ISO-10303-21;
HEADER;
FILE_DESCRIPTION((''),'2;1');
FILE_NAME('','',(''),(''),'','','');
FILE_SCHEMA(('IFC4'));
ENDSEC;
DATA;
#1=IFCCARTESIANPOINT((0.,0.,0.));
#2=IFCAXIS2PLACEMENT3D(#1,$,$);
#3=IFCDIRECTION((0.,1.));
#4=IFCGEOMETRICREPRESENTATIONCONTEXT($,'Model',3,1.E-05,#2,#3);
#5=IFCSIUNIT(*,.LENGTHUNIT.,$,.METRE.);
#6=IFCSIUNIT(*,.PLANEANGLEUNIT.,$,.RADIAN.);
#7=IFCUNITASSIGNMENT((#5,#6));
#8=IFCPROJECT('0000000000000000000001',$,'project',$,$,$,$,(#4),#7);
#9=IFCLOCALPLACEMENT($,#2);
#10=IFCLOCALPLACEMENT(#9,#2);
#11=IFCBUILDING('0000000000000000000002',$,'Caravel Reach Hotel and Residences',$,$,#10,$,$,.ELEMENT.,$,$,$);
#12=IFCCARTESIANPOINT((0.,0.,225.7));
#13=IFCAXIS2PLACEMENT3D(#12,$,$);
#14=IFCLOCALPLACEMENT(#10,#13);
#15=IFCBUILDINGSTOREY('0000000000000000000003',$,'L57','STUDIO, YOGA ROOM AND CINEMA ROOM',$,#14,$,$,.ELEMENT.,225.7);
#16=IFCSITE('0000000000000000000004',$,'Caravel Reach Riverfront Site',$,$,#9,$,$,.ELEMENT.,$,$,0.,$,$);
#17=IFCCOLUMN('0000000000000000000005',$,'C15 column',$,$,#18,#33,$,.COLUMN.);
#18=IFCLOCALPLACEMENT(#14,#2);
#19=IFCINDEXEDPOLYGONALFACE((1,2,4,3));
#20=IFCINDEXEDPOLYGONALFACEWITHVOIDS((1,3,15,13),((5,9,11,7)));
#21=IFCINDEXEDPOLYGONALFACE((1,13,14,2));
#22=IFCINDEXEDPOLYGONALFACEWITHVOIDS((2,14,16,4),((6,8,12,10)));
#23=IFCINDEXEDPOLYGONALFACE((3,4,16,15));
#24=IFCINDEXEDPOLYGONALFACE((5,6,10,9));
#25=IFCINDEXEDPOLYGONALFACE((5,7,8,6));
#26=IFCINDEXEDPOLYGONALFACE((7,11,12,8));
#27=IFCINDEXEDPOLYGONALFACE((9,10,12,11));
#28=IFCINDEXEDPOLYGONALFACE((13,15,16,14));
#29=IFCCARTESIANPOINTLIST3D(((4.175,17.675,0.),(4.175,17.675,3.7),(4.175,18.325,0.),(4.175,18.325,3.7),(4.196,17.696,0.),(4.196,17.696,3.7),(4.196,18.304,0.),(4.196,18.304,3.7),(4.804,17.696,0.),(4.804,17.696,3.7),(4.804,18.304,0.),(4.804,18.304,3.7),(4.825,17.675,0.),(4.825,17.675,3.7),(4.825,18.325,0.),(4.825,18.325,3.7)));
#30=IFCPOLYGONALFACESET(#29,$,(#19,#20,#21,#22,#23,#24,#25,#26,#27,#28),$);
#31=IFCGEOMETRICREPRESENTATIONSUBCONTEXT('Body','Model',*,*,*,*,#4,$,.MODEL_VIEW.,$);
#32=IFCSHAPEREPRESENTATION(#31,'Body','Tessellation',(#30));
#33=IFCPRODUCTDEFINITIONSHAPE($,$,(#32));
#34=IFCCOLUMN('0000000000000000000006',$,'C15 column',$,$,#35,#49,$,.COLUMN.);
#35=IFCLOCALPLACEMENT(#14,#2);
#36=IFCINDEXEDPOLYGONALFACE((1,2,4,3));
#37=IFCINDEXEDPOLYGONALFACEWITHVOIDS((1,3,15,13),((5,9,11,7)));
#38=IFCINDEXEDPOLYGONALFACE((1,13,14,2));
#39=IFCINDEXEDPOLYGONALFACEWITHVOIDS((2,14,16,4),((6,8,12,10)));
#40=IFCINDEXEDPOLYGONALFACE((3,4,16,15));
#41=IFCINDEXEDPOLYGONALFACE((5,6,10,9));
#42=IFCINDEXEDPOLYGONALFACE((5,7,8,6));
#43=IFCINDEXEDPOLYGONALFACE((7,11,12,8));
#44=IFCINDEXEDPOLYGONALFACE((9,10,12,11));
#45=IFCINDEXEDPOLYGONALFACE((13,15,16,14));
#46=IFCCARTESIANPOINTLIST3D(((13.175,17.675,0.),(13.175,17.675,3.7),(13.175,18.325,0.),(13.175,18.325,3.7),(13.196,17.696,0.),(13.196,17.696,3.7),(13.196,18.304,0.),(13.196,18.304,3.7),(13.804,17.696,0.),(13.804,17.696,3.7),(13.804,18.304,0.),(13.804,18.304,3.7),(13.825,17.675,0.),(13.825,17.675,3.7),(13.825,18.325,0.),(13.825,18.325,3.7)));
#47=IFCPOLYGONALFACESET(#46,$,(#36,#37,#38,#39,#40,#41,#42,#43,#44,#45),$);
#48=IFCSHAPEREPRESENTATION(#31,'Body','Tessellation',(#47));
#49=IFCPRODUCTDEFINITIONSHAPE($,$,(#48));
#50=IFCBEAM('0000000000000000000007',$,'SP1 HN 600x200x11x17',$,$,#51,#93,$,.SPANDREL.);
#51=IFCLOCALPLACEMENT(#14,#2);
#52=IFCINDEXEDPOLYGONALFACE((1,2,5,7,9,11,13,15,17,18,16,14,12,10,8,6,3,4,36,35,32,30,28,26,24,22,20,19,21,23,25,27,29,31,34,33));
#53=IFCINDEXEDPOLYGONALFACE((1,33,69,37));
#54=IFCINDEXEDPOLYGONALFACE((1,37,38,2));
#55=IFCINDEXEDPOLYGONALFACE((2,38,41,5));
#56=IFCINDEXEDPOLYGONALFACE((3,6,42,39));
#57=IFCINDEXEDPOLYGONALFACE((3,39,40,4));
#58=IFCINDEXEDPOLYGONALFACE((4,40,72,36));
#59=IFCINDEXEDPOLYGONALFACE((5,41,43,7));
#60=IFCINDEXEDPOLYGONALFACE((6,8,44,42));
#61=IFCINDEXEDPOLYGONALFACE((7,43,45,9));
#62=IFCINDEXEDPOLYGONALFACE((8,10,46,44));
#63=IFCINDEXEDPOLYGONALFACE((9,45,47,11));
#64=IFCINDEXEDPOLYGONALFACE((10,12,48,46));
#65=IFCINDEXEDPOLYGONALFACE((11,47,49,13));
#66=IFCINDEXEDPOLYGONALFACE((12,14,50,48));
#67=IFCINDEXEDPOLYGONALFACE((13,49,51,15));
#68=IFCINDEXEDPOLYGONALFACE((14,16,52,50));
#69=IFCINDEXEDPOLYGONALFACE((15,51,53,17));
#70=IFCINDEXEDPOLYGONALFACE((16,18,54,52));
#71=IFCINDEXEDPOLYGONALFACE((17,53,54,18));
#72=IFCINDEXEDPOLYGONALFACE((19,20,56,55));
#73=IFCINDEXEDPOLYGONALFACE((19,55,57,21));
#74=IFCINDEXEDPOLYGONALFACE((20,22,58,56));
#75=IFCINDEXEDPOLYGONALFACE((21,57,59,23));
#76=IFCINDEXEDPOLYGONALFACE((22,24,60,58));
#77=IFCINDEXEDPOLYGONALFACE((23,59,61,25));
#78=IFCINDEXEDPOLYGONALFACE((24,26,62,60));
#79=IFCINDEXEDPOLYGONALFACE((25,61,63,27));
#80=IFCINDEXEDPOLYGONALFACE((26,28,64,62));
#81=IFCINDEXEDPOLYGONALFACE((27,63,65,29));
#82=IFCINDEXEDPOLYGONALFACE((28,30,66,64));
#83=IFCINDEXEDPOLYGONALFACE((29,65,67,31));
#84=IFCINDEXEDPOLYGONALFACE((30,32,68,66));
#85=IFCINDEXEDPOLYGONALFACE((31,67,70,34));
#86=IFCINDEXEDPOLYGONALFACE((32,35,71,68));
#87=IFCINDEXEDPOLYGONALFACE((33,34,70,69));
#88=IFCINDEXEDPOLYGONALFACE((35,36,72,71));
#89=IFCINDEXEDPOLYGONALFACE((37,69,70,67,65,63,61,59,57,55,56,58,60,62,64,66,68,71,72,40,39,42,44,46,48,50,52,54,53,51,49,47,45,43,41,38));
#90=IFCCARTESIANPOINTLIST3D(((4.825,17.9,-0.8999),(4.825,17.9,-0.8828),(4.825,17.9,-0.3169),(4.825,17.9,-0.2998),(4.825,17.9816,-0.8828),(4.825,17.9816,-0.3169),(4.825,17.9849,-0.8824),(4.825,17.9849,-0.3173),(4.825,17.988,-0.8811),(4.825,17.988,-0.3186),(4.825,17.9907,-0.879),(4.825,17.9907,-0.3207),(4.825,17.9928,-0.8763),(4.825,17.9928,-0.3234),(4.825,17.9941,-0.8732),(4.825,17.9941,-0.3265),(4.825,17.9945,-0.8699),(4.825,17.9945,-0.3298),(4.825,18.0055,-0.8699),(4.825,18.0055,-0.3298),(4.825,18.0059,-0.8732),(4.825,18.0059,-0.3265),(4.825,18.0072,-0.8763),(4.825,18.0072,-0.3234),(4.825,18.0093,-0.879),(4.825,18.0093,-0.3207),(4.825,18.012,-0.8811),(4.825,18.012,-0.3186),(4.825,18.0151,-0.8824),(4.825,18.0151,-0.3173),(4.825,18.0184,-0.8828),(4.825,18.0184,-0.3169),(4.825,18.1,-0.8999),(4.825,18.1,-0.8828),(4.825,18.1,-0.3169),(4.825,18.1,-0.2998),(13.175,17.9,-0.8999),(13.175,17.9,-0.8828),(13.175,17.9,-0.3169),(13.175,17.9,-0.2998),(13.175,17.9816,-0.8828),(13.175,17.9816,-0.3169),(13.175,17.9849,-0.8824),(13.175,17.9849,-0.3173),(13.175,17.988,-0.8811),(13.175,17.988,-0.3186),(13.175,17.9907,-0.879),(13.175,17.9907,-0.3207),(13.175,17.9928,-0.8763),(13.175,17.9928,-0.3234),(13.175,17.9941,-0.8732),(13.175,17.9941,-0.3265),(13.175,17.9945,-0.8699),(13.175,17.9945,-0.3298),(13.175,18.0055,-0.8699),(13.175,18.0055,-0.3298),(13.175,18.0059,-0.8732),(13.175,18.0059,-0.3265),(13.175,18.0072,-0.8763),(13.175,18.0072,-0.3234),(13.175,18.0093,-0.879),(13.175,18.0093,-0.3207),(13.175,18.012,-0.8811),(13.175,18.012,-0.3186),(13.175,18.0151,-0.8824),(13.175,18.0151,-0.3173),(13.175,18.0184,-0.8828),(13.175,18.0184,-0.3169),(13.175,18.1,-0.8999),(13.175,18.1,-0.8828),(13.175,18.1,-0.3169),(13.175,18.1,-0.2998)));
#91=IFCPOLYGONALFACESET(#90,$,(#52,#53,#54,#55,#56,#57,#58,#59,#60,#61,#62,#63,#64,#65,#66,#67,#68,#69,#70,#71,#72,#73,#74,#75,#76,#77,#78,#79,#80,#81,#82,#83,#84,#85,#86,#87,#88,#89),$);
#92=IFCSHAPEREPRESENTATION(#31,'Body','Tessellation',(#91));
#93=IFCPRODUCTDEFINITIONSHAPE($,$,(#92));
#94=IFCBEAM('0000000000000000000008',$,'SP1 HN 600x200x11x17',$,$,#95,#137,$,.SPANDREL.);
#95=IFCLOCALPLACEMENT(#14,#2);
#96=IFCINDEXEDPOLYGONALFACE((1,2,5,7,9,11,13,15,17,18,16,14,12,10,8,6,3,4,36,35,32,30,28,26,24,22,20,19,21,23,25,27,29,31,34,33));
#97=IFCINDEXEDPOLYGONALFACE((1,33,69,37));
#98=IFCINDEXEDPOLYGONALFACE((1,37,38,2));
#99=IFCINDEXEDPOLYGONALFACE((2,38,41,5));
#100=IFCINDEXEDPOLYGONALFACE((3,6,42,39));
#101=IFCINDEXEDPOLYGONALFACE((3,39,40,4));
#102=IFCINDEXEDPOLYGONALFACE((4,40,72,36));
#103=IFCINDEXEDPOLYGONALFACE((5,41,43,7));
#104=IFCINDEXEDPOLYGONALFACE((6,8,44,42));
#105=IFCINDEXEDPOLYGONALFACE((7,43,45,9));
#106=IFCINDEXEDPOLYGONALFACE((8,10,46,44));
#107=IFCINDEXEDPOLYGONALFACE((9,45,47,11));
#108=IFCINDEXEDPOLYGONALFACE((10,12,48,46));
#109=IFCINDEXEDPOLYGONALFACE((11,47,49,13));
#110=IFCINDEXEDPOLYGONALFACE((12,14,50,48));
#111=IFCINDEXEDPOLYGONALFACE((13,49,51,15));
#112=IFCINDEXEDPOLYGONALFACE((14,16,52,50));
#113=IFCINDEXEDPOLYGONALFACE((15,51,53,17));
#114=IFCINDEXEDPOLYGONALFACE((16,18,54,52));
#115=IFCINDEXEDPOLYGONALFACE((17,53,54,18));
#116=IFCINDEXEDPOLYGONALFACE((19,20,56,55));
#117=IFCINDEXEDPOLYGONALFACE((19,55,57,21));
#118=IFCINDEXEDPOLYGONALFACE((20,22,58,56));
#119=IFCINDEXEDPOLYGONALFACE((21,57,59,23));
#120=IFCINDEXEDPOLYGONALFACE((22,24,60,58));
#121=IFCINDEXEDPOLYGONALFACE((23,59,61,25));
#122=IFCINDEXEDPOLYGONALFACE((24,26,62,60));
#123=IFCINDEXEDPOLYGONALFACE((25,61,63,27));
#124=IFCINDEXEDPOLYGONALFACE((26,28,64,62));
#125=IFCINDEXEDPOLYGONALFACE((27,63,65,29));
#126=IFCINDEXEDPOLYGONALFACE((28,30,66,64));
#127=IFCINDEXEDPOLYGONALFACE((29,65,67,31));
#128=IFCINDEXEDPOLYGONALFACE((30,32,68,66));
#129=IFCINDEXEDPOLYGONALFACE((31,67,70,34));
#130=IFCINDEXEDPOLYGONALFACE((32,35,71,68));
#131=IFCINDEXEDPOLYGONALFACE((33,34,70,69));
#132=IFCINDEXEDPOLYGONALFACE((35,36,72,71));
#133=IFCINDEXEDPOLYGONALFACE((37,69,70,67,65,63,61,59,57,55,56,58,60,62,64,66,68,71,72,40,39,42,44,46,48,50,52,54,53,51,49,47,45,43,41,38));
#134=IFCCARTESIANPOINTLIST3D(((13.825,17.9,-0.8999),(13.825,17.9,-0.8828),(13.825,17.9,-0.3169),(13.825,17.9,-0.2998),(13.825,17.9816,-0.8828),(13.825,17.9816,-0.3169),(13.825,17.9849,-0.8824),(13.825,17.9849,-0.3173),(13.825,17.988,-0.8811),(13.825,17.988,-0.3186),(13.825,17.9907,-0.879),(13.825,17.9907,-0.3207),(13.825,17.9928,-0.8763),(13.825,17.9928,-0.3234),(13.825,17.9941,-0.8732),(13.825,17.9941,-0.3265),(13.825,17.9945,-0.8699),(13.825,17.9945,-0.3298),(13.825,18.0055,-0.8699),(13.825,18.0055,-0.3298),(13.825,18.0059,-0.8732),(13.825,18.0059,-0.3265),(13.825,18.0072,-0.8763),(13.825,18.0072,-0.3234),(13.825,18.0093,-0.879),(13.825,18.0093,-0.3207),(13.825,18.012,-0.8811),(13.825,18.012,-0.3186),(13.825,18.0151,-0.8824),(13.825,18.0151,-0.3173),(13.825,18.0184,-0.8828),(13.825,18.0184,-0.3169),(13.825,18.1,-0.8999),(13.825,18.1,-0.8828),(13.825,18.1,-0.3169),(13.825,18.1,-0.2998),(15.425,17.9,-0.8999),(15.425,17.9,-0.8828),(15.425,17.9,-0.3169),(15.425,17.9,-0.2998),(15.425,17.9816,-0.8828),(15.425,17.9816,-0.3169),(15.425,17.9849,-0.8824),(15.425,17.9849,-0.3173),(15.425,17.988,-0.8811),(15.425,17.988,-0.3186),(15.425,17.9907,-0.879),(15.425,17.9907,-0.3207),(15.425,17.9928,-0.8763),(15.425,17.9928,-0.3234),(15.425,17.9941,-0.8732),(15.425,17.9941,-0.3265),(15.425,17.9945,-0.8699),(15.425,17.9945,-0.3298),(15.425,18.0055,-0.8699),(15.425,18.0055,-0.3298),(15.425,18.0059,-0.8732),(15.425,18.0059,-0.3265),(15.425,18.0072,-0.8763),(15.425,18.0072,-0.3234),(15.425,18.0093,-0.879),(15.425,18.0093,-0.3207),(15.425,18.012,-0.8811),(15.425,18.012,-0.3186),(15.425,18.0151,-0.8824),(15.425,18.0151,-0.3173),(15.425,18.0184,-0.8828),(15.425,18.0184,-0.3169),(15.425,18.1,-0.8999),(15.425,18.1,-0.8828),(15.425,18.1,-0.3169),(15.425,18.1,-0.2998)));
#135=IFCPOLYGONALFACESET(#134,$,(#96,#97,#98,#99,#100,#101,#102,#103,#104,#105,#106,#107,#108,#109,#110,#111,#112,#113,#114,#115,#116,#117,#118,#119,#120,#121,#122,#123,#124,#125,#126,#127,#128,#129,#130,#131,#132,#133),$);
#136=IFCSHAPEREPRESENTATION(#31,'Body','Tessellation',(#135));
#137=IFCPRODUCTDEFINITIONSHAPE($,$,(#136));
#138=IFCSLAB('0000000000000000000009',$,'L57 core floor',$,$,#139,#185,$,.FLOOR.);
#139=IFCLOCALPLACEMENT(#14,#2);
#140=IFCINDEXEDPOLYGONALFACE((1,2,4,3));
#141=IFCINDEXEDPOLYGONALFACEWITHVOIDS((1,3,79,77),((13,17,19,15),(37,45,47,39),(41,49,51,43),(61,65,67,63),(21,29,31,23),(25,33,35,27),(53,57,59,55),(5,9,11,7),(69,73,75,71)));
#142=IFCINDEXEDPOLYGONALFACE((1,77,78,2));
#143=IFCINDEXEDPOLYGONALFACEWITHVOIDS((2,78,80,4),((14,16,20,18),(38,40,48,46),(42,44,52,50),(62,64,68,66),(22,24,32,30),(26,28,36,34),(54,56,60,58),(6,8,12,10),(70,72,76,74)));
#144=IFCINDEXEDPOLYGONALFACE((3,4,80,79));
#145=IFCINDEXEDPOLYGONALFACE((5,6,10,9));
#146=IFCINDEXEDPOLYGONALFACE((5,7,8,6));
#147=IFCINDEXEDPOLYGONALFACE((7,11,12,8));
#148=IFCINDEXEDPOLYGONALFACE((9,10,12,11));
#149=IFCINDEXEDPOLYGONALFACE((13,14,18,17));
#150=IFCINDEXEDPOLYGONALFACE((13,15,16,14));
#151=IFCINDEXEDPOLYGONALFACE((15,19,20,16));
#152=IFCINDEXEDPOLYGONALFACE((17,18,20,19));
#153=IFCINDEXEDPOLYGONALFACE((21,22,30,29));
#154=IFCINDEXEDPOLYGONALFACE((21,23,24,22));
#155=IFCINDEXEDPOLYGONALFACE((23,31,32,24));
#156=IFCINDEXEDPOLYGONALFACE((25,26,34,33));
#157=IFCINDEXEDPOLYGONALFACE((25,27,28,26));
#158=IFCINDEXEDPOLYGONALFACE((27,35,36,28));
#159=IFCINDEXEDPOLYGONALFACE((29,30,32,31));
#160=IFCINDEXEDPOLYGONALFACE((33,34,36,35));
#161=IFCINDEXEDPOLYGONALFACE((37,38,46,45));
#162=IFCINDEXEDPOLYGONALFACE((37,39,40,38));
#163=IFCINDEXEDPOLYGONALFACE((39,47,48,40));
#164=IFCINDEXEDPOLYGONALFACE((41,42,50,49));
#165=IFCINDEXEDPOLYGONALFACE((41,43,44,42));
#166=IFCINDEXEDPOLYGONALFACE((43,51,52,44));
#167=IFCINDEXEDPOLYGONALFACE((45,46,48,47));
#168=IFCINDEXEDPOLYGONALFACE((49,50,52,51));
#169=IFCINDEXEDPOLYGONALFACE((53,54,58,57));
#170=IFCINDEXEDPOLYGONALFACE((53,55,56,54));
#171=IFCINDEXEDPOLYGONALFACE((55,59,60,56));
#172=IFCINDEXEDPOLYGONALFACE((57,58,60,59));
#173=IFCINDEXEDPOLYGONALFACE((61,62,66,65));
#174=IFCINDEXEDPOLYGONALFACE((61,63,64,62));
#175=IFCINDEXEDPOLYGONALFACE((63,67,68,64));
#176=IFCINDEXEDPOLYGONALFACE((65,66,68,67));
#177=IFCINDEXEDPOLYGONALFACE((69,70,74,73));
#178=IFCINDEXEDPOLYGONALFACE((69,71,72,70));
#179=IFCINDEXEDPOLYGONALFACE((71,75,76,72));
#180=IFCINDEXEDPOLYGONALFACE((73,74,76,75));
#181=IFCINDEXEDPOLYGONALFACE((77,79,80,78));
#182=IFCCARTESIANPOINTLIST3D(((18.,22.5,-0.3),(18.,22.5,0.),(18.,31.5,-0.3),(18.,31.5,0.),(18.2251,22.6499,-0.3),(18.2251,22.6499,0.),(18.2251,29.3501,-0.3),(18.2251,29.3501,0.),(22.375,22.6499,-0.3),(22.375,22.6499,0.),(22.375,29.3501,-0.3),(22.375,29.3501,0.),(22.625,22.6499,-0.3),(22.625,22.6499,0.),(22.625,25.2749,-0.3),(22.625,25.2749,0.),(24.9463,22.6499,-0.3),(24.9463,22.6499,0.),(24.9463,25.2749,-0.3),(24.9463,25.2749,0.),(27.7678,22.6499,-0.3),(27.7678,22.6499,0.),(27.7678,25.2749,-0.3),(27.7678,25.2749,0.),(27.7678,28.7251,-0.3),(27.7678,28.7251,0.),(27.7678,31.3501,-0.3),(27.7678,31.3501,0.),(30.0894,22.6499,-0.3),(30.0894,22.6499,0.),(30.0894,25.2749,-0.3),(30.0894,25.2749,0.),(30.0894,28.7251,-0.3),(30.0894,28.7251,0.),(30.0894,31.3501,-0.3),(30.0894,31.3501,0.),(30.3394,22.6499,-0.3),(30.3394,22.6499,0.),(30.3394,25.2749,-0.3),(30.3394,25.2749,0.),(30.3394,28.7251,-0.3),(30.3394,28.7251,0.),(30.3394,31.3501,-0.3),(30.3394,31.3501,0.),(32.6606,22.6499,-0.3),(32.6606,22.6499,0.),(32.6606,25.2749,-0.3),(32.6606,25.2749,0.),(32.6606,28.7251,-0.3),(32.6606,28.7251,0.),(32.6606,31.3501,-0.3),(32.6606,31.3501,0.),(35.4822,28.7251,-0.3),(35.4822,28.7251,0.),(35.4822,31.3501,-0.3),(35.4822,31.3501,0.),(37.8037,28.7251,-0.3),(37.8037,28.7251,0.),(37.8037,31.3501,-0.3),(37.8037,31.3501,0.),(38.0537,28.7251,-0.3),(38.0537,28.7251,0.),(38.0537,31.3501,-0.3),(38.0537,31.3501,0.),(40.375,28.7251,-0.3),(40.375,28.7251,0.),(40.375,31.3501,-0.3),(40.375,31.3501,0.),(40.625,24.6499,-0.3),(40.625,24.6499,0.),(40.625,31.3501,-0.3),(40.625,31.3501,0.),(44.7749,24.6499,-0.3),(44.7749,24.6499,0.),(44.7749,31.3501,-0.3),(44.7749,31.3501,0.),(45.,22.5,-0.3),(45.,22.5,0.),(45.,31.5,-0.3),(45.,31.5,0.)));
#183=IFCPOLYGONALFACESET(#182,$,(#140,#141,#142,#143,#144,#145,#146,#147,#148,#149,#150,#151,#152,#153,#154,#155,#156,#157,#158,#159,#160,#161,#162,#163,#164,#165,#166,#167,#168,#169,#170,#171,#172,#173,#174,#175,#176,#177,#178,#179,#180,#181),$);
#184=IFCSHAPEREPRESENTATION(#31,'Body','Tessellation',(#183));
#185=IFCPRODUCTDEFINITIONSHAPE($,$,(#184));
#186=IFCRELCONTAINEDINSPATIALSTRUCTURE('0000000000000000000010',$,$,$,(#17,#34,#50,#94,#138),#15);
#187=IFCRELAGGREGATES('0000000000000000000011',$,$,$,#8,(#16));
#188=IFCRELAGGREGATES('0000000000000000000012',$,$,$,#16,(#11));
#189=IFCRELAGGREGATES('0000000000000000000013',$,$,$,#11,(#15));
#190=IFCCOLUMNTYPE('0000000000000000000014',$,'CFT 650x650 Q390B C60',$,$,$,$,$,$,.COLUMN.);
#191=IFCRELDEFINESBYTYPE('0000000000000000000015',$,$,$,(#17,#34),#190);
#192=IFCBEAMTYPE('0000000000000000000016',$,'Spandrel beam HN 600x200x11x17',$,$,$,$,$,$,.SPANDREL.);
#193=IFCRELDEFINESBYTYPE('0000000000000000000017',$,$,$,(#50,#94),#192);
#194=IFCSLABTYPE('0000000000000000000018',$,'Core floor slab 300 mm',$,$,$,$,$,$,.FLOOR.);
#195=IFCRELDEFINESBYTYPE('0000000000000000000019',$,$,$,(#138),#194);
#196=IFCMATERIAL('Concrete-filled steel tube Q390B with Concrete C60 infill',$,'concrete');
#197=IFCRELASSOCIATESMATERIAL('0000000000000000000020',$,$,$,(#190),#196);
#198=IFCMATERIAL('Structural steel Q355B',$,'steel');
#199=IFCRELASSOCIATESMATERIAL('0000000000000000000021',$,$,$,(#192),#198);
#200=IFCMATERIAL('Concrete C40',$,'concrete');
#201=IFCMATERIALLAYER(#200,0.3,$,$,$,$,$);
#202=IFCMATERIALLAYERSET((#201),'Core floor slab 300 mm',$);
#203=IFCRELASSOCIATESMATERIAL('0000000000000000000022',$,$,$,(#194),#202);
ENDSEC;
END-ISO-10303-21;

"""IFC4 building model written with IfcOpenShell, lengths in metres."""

from ifc_helpers import new_model, si_unit, direction, frame, origin, origin_2d, place, context, subcontext, project, spatial, polyline, hollow_rectangle, i_section, outline, extrude, material, layer, layer_set, material_profile, profile_set, type_object, element, save


model = new_model("IFC4")

# Units and contexts
model_context = context("Model", 3, precision=1e-05, world=origin(), true_north=direction((0.0, 1.0)))
body_context = subcontext(model_context, "Body", "Model", "MODEL_VIEW")
ifc_project = project(units=[si_unit("LENGTHUNIT", "METRE"), si_unit("PLANEANGLEUNIT", "RADIAN")], contexts=[model_context])

# Site, building, storey
site_placement = place(None, origin())
site = spatial("IfcSite", under=ifc_project, at=site_placement, Name="Caravel Reach Riverfront Site", CompositionType="ELEMENT", RefElevation=0.0)
building_placement = place(site_placement, origin())
building = spatial("IfcBuilding", under=site, at=building_placement, Name="Caravel Reach Hotel and Residences", CompositionType="ELEMENT")
storey_placement = place(building_placement, frame((0.0, 0.0, 225.7)))
storey = spatial("IfcBuildingStorey", under=building, at=storey_placement, Name="L57", Description="STUDIO, YOGA ROOM AND CINEMA ROOM", CompositionType="ELEMENT", Elevation=225.7)

# Columns
ifc_material_1 = material(Name="Concrete-filled steel tube Q390B with Concrete C60 infill", Category="concrete")
ifc_material_profile_1 = material_profile(ifc_material_1, hollow_rectangle(XDim=0.6499, YDim=0.6499, WallThickness=0.021, at=origin_2d()), Name="RHS 650x650x21")
ifc_profile_set_1 = profile_set([ifc_material_profile_1], Name="Concrete-filled steel tube Q390B with Concrete C60 infill")
column_type = type_object("IfcColumnType", Name="CFT 650x650 Q390B C60", PredefinedType="COLUMN", material=ifc_profile_set_1)
for number, where, z_axis, x_axis, name in (
    (1, (4.5, 18.0, 0.0), (0.0, 0.0, 1.0), (1.0, 0.0, 0.0), "C15 column"),
    (2, (13.5, 18.0, 0.0), (0.0, 0.0, 1.0), (1.0, 0.0, 0.0), "C15 column"),
):
    element("IfcColumn", number, at=place(storey_placement, frame(where, z_axis=z_axis, x_axis=x_axis)), inside=storey, type_object=column_type, Name=name, PredefinedType="COLUMN", context=body_context, shape_type="SweptSolid", body=[
        extrude(hollow_rectangle(XDim=0.6499, YDim=0.6499, WallThickness=0.021, at=origin_2d()), origin(), (0.0, 0.0, 1.0), 3.7),
    ])

# Beams
ifc_material_2 = material(Name="Structural steel Q355B", Category="steel")
ifc_material_profile_2 = material_profile(ifc_material_2, i_section(OverallWidth=0.2, OverallDepth=0.6001, WebThickness=0.011, FlangeThickness=0.0171, FilletRadius=0.0129, at=origin_2d()), Name="HN 600x200x11x17")
ifc_profile_set_2 = profile_set([ifc_material_profile_2], Name="Structural steel Q355B")
beam_type = type_object("IfcBeamType", Name="Spandrel beam HN 600x200x11x17", PredefinedType="SPANDREL", material=ifc_profile_set_2)
beam_1_placement = place(storey_placement, frame((4.825, 18.0, -0.5999), z_axis=(1.0, 0.0, 0.0), x_axis=(0.0, 1.0, 0.0)))
element("IfcBeam", 3, at=beam_1_placement, inside=storey, type_object=beam_type, Name="SP1 HN 600x200x11x17", PredefinedType="SPANDREL", context=body_context, shape_type="SweptSolid", body=[
    extrude(i_section(OverallWidth=0.2, OverallDepth=0.6001, WebThickness=0.011, FlangeThickness=0.0171, FilletRadius=0.0129, at=origin_2d()), origin(), (0.0, 0.0, 1.0), 8.3501),
])
beam_2_placement = place(storey_placement, frame((13.825, 18.0, -0.5999), z_axis=(1.0, 0.0, 0.0), x_axis=(0.0, 1.0, 0.0)))
element("IfcBeam", 4, at=beam_2_placement, inside=storey, type_object=beam_type, Name="SP1 HN 600x200x11x17", PredefinedType="SPANDREL", context=body_context, shape_type="SweptSolid", body=[
    extrude(i_section(OverallWidth=0.2, OverallDepth=0.6001, WebThickness=0.011, FlangeThickness=0.0171, FilletRadius=0.0129, at=origin_2d()), origin(), (0.0, 0.0, 1.0), 1.6001),
])

# Slab
ifc_material_3 = material(Name="Concrete C40", Category="concrete")
ifc_layer_1 = layer(ifc_material_3, 0.3)
ifc_layer_set_1 = layer_set([ifc_layer_1], Name="Core floor slab 300 mm")
slab_type_1 = type_object("IfcSlabType", Name="Core floor slab 300 mm", PredefinedType="FLOOR", material=ifc_layer_set_1)
slab_1_placement = place(storey_placement, frame((0.0, 0.0, -0.3)))
element("IfcSlab", 5, at=slab_1_placement, inside=storey, type_object=slab_type_1, Name="L57 core floor", PredefinedType="FLOOR", context=body_context, shape_type="SweptSolid", body=[
    extrude(outline(polyline([(18.0, 31.5), (45.0, 31.5), (45.0, 22.5), (18.0, 22.5), (18.0, 31.5)]), holes=[polyline([(22.625, 25.2749), (22.625, 22.6499), (24.9463, 22.6499), (24.9463, 25.2749), (22.625, 25.2749)]), polyline([(27.7678, 25.2749), (27.7678, 22.6499), (30.0894, 22.6499), (30.0894, 25.2749), (27.7678, 25.2749)]), polyline([(30.3394, 25.2749), (30.3394, 22.6499), (32.6606, 22.6499), (32.6606, 25.2749), (30.3394, 25.2749)]), polyline([(22.375, 22.6499), (22.375, 29.3501), (18.2251, 29.3501), (18.2251, 22.6499), (22.375, 22.6499)]), polyline([(40.625, 31.3501), (40.625, 24.6499), (44.7749, 24.6499), (44.7749, 31.3501), (40.625, 31.3501)]), polyline([(27.7678, 31.3501), (27.7678, 28.7251), (30.0894, 28.7251), (30.0894, 31.3501), (27.7678, 31.3501)]), polyline([(30.3394, 31.3501), (30.3394, 28.7251), (32.6606, 28.7251), (32.6606, 31.3501), (30.3394, 31.3501)]), polyline([(37.8037, 31.3501), (35.4822, 31.3501), (35.4822, 28.7251), (37.8037, 28.7251), (37.8037, 31.3501)]), polyline([(40.375, 31.3501), (38.0537, 31.3501), (38.0537, 28.7251), (40.375, 28.7251), (40.375, 31.3501)])]), origin(), (0.0, 0.0, 1.0), 0.3),
])

save(model, "model.ifc")
